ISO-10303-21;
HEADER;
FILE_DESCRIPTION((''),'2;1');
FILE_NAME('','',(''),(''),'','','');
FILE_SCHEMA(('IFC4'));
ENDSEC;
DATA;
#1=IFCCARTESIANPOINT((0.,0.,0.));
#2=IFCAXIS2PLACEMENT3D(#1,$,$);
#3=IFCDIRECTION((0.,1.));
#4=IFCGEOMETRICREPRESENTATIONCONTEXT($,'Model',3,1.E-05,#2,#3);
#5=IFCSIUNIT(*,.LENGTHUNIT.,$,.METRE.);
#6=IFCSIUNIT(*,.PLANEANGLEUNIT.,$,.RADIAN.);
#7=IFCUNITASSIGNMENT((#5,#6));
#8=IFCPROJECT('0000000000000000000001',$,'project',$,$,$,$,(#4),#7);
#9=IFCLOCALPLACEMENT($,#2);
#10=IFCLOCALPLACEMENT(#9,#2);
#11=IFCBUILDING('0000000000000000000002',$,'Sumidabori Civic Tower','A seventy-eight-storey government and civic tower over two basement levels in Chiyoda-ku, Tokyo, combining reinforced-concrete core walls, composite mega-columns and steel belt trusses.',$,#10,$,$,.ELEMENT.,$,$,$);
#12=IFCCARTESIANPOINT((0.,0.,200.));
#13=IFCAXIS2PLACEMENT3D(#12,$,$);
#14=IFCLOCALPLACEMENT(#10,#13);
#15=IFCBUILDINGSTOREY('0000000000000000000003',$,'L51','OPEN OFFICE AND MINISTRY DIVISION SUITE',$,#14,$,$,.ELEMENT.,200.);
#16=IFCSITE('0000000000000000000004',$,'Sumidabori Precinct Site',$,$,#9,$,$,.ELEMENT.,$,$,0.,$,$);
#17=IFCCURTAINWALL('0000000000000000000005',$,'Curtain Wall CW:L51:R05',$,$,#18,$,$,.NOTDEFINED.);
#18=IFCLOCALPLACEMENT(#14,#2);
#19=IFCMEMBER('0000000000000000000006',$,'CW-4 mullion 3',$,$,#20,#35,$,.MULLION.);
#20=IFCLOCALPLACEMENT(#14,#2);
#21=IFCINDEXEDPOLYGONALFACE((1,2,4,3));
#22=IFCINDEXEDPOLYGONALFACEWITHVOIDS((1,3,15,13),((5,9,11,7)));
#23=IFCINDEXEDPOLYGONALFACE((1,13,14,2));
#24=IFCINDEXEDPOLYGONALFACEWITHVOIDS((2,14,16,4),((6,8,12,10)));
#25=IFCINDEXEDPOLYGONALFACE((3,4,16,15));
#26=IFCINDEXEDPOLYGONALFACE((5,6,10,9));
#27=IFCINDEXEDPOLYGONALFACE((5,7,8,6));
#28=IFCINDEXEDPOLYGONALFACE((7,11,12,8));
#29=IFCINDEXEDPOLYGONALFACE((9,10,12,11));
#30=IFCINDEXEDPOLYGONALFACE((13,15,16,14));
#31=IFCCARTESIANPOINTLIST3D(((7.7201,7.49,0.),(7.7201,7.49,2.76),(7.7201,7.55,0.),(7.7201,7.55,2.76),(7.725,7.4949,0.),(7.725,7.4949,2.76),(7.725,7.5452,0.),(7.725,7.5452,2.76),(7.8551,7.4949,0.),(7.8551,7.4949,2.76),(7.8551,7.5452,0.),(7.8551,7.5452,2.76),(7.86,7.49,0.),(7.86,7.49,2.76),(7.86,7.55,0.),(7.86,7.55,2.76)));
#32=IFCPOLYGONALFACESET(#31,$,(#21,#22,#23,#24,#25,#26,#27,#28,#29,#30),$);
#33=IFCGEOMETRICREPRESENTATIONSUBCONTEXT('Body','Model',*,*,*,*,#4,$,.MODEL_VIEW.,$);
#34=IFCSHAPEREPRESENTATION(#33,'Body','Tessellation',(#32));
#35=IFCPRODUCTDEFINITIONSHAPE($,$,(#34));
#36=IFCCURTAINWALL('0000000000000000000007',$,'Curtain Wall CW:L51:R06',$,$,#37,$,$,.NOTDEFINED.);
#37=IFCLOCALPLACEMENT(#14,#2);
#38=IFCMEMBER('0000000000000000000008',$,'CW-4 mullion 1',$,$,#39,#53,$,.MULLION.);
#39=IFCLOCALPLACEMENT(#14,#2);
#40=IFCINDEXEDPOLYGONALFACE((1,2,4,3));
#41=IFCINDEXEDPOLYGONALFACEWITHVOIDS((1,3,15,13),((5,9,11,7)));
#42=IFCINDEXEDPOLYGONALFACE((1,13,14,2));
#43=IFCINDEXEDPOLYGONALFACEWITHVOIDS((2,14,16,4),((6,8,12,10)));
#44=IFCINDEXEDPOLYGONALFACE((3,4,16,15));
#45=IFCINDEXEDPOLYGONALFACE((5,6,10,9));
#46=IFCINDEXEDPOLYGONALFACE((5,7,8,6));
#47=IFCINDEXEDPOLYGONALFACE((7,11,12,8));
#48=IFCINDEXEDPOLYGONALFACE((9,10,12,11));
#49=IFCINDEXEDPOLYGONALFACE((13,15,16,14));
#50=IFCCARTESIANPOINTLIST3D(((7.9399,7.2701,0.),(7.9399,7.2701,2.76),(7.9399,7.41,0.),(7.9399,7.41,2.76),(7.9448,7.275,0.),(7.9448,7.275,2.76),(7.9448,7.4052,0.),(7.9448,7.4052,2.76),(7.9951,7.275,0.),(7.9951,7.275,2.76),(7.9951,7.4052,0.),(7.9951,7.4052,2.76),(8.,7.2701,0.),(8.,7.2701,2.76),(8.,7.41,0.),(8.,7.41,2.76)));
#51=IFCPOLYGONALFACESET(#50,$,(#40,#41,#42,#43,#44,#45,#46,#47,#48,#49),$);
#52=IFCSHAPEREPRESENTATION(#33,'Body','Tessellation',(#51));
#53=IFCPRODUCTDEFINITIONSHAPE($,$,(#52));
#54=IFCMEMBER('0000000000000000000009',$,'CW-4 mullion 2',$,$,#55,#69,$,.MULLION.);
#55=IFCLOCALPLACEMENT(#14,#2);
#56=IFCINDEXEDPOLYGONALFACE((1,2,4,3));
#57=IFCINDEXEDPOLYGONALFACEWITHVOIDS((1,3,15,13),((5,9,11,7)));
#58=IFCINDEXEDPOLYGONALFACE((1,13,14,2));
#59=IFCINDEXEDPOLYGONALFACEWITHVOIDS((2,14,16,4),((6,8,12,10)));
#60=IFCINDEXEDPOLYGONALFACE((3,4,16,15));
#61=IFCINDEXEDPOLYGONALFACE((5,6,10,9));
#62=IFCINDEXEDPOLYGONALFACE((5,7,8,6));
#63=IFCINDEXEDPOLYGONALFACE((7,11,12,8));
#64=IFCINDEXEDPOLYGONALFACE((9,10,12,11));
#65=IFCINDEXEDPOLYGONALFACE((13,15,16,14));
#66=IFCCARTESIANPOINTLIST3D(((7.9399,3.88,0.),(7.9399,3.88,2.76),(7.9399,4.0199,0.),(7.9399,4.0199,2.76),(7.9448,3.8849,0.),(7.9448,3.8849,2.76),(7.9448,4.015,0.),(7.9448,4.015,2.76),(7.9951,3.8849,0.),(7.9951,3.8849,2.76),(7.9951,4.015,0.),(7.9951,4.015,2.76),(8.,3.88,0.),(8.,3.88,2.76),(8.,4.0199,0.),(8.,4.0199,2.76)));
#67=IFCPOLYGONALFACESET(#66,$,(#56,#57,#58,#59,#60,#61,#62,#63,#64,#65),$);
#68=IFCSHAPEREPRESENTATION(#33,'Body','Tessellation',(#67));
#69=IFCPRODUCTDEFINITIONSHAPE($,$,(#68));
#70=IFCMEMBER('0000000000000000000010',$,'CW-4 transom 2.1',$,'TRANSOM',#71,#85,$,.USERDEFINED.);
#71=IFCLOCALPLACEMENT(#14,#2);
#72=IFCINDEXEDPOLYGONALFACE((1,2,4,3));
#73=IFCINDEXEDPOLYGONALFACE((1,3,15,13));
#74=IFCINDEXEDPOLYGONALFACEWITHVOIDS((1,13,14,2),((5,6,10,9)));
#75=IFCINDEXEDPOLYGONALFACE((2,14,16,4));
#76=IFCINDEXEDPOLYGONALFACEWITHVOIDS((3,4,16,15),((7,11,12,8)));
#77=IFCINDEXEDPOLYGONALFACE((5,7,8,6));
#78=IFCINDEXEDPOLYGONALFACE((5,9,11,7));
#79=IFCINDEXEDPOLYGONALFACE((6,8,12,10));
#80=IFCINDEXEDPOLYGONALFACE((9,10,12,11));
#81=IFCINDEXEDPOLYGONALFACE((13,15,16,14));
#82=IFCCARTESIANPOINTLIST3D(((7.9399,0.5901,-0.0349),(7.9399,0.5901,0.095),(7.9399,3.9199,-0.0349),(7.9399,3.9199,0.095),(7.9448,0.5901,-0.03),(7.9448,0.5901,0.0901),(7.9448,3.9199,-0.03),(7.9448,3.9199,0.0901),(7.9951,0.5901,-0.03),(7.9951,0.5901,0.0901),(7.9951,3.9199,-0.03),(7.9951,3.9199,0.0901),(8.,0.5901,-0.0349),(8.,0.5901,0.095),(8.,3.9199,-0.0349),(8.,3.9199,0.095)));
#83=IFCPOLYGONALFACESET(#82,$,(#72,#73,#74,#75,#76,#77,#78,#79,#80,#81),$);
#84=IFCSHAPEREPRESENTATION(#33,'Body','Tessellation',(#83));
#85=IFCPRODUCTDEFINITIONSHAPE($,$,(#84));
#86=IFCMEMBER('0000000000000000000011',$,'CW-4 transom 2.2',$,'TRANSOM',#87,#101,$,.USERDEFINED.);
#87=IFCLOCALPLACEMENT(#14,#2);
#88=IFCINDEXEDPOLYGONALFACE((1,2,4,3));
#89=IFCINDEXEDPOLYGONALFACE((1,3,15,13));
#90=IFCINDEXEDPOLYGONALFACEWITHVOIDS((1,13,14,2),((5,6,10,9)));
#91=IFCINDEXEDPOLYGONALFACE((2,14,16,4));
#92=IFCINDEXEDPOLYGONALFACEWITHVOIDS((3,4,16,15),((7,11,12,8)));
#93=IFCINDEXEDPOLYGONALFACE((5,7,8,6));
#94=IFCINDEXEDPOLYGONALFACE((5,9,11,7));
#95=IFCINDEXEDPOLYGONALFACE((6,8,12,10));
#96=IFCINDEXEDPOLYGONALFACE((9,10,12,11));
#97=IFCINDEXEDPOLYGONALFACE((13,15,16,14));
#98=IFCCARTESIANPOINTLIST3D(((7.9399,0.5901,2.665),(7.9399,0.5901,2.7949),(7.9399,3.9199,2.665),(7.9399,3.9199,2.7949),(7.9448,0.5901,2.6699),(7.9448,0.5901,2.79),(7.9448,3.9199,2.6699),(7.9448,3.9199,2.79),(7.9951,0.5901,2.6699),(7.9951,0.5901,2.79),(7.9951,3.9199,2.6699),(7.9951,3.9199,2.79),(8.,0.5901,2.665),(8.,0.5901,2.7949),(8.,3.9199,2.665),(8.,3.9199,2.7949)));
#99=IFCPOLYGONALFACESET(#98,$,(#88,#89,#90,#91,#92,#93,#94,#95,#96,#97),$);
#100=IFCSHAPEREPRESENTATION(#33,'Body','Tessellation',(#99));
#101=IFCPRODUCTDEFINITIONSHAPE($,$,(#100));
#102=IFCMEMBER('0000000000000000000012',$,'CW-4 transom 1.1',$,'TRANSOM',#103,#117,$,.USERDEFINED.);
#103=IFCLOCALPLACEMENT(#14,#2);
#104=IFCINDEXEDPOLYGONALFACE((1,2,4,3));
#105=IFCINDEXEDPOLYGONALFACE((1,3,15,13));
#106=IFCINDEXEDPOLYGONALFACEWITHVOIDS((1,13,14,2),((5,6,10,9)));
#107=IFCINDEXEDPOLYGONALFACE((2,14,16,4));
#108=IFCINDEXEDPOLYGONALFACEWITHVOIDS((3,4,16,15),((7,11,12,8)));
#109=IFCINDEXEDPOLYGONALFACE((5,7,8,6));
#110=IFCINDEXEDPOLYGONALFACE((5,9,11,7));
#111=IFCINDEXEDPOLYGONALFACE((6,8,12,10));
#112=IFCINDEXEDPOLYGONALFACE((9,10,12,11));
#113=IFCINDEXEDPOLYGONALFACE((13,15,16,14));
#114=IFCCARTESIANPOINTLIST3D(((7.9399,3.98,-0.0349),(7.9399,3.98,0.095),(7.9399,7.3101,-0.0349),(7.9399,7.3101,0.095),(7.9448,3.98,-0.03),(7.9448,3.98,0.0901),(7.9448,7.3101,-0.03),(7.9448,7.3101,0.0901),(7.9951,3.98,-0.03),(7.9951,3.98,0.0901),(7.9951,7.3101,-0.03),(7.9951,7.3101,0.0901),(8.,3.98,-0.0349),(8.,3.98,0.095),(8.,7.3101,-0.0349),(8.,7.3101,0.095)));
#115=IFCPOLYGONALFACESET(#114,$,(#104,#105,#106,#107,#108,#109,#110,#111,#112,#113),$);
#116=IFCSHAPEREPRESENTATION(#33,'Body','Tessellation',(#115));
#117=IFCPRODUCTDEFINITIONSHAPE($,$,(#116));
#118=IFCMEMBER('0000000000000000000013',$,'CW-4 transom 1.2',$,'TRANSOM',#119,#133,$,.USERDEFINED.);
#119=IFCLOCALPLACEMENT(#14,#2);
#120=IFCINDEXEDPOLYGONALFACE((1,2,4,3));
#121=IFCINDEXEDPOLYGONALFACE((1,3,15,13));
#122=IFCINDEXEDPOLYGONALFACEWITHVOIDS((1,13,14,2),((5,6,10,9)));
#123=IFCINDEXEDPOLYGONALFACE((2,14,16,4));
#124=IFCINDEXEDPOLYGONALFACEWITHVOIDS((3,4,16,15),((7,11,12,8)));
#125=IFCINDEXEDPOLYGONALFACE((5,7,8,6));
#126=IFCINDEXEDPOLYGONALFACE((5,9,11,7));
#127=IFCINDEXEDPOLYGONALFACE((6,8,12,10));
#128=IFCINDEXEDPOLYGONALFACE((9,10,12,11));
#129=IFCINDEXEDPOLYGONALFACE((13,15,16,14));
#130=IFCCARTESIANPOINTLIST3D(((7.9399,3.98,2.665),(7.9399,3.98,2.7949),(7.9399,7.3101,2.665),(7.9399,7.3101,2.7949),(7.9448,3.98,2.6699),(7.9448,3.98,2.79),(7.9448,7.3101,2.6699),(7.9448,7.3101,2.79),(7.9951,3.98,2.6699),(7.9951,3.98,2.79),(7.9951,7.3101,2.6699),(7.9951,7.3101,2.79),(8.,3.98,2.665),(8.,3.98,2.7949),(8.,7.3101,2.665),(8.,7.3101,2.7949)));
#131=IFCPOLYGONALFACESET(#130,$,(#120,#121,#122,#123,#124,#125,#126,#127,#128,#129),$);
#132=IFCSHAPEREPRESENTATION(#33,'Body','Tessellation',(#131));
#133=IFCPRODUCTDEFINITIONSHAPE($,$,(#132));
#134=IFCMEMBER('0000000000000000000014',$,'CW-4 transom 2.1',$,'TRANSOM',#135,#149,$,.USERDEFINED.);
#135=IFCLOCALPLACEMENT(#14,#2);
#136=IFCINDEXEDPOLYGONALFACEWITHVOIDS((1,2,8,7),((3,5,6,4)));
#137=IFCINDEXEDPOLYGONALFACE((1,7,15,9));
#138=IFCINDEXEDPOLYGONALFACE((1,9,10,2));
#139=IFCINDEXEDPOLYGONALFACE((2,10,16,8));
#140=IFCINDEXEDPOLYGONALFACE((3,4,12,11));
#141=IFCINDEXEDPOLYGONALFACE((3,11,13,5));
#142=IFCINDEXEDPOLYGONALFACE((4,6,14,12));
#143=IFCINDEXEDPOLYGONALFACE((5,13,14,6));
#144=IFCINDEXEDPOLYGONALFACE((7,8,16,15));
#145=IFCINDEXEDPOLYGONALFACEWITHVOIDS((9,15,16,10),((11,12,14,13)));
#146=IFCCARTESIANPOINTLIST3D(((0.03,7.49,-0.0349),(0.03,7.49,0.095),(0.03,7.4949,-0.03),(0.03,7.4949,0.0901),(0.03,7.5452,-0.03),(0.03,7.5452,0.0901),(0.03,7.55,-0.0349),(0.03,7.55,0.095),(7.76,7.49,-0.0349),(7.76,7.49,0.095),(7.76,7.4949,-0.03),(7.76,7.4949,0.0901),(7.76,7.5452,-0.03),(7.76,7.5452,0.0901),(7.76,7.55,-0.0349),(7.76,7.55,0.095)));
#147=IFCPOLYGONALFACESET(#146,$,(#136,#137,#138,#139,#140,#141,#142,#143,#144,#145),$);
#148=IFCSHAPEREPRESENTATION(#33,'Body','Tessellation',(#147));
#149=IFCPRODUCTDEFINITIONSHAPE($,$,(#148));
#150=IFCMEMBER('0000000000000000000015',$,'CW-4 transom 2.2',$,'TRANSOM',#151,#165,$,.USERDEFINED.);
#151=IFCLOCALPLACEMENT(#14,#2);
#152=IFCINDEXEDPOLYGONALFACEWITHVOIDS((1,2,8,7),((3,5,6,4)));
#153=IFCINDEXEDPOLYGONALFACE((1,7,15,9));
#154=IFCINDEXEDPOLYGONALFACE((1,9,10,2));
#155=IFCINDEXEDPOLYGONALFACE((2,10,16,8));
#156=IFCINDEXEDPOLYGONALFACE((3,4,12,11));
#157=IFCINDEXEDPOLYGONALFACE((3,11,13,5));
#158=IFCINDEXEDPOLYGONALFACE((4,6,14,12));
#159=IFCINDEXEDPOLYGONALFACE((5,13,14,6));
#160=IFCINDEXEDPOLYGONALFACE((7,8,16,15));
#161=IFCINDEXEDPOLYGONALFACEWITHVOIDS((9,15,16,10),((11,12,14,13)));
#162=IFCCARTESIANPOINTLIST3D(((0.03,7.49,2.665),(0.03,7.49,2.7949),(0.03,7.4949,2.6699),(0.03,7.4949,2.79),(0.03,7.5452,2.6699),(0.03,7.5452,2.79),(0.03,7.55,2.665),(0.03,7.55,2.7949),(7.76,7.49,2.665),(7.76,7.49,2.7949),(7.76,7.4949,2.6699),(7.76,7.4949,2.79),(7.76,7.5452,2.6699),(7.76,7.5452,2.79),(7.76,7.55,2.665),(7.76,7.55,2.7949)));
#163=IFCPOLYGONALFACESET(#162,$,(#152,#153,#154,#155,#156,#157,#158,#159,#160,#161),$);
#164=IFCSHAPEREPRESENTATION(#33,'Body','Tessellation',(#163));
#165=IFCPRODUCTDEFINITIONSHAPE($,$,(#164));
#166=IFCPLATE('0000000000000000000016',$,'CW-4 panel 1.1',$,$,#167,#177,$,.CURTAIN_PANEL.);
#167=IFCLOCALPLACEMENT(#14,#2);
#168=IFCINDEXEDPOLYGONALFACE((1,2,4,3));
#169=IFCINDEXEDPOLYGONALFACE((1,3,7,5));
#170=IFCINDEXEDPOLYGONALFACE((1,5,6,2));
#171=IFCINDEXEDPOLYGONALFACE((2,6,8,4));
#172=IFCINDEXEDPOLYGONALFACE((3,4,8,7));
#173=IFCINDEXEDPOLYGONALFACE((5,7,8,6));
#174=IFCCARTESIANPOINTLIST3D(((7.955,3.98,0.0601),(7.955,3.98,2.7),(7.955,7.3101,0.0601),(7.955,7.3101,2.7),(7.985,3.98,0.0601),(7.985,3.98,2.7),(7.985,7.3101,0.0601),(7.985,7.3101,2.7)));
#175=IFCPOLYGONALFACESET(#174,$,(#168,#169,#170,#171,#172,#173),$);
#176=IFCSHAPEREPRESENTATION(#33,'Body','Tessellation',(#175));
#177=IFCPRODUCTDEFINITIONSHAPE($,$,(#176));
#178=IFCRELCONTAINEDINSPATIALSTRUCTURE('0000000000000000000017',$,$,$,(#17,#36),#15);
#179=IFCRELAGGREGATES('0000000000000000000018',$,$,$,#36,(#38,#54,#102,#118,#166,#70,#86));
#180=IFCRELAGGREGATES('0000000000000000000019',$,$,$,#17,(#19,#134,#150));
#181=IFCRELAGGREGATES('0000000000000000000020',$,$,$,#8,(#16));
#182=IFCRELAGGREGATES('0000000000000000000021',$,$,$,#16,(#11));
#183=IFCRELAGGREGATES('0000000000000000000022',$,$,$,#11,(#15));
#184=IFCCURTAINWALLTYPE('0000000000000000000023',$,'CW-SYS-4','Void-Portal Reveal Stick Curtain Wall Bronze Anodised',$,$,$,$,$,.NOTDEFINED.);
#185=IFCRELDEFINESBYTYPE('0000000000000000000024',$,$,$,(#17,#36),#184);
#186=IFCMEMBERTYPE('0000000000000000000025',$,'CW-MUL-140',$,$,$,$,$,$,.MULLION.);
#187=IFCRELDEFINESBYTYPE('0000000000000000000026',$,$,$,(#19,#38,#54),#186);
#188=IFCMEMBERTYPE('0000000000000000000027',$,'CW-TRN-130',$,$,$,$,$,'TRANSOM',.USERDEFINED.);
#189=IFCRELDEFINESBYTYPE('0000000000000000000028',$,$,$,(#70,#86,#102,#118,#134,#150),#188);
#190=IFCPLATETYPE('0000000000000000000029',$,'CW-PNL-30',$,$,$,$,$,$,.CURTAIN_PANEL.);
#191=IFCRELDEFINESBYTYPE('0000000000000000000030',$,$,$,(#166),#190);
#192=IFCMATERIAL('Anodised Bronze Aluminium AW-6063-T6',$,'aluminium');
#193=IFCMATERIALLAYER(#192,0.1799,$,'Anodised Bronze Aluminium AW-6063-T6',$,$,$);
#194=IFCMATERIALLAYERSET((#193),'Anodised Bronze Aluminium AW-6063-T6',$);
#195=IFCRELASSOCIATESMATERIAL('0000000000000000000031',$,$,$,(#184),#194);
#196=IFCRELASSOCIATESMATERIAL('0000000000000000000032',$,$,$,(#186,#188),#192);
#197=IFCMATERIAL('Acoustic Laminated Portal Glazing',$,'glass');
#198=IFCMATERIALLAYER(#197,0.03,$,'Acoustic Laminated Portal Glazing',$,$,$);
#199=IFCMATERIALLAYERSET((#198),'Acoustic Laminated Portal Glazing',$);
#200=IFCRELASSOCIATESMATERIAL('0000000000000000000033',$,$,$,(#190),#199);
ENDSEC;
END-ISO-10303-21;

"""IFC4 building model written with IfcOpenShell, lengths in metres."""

from ifc_helpers import new_model, si_unit, direction, frame, origin, origin_2d, place, context, subcontext, project, spatial, rectangle, hollow_rectangle, extrude, source, transform, mapped, material, layer, layer_set, material_profile, profile_set, type_object, element, aggregate, save


model = new_model("IFC4")

# Units and contexts
model_context = context("Model", 3, precision=1e-05, world=origin(), true_north=direction((0.0, 1.0)))
body_context = subcontext(model_context, "Body", "Model", "MODEL_VIEW")
ifc_project = project(units=[si_unit("LENGTHUNIT", "METRE"), si_unit("PLANEANGLEUNIT", "RADIAN")], contexts=[model_context])

# Site, building, storey
site_placement = place(None, origin())
site = spatial("IfcSite", under=ifc_project, at=site_placement, Name="Sumidabori Precinct Site", CompositionType="ELEMENT", RefElevation=0.0)
building_placement = place(site_placement, origin())
building = spatial("IfcBuilding", under=site, at=building_placement, Name="Sumidabori Civic Tower", Description="A seventy-eight-storey government and civic tower over two basement levels in Chiyoda-ku, Tokyo, combining reinforced-concrete core walls, composite mega-columns and steel belt trusses.", CompositionType="ELEMENT")
storey_placement = place(building_placement, frame((0.0, 0.0, 200.0)))
storey = spatial("IfcBuildingStorey", under=building, at=storey_placement, Name="L51", Description="OPEN OFFICE AND MINISTRY DIVISION SUITE", CompositionType="ELEMENT", Elevation=200.0)

# Curtain wall, member
ifc_material_1 = material(Name="Anodised Bronze Aluminium AW-6063-T6", Category="aluminium")
ifc_layer_1 = layer(ifc_material_1, 0.1799, Name="Anodised Bronze Aluminium AW-6063-T6")
ifc_layer_set_1 = layer_set([ifc_layer_1], Name="Anodised Bronze Aluminium AW-6063-T6")
curtain_wall_type = type_object("IfcCurtainWallType", Name="CW-SYS-4", Description="Void-Portal Reveal Stick Curtain Wall Bronze Anodised", PredefinedType="NOTDEFINED", material=ifc_layer_set_1)
curtain_wall_1_placement = place(storey_placement, origin())
curtain_wall_1 = element("IfcCurtainWall", 1, at=curtain_wall_1_placement, inside=storey, type_object=curtain_wall_type, Name="Curtain Wall CW:L51:R05", PredefinedType="NOTDEFINED")
ifc_material_profile_1 = material_profile(ifc_material_1, hollow_rectangle(XDim=0.0601, YDim=0.1399, WallThickness=0.0049, at=origin_2d()), Name="ALU MULLION 140x60")
ifc_profile_set_1 = profile_set([ifc_material_profile_1], Name="Anodised Bronze Aluminium AW-6063-T6")
member_type_1 = type_object("IfcMemberType", Name="CW-MUL-140", PredefinedType="MULLION", material=ifc_profile_set_1)
shared_shape_1 = source(origin(), body_context, "Body", "SweptSolid", [
    extrude(hollow_rectangle(XDim=0.0601, YDim=0.1399, WallThickness=0.0049, at=origin_2d()), origin(), (0.0, 0.0, 1.0), 2.76),
])
member_1_placement = place(storey_placement, frame((7.79, 7.52, 0.0), z_axis=(0.0, 0.0, 1.0), x_axis=(0.0, 1.0, 0.0)))
member_1 = element("IfcMember", 2, at=member_1_placement, type_object=member_type_1, Name="CW-4 mullion 3", PredefinedType="MULLION", context=body_context, shape_type="MappedRepresentation", body=[
    mapped(shared_shape_1, transform((0.0, 0.0, 0.0), x_axis=(1.0, 0.0, 0.0), y_axis=(0.0, 1.0, 0.0), z_axis=(0.0, 0.0, 1.0), scale=1.0)),
])

# Curtain wall, members
curtain_wall_2_placement = place(storey_placement, origin())
curtain_wall_2 = element("IfcCurtainWall", 3, at=curtain_wall_2_placement, inside=storey, type_object=curtain_wall_type, Name="Curtain Wall CW:L51:R06", PredefinedType="NOTDEFINED")
member_2_placement = place(storey_placement, frame((7.97, 7.3401, 0.0), z_axis=(0.0, 0.0, 1.0), x_axis=(1.0, 0.0, 0.0)))
member_2 = element("IfcMember", 4, at=member_2_placement, type_object=member_type_1, Name="CW-4 mullion 1", PredefinedType="MULLION", context=body_context, shape_type="MappedRepresentation", body=[
    mapped(shared_shape_1, transform((0.0, 0.0, 0.0), x_axis=(1.0, 0.0, 0.0), y_axis=(0.0, 1.0, 0.0), z_axis=(0.0, 0.0, 1.0), scale=1.0)),
])
member_3_placement = place(storey_placement, frame((7.97, 3.95, 0.0), z_axis=(0.0, 0.0, 1.0), x_axis=(1.0, 0.0, 0.0)))
member_3 = element("IfcMember", 5, at=member_3_placement, type_object=member_type_1, Name="CW-4 mullion 2", PredefinedType="MULLION", context=body_context, shape_type="MappedRepresentation", body=[
    mapped(shared_shape_1, transform((0.0, 0.0, 0.0), x_axis=(1.0, 0.0, 0.0), y_axis=(0.0, 1.0, 0.0), z_axis=(0.0, 0.0, 1.0), scale=1.0)),
])
ifc_material_profile_2 = material_profile(ifc_material_1, hollow_rectangle(XDim=0.0601, YDim=0.1299, WallThickness=0.0049, at=origin_2d()), Name="ALU TRANSOM 130x60")
ifc_profile_set_2 = profile_set([ifc_material_profile_2], Name="Anodised Bronze Aluminium AW-6063-T6")
member_type_2 = type_object("IfcMemberType", Name="CW-TRN-130", ElementType="TRANSOM", PredefinedType="USERDEFINED", material=ifc_profile_set_2)
shared_shape_2 = source(origin(), body_context, "Body", "SweptSolid", [
    extrude(hollow_rectangle(XDim=0.0601, YDim=0.1299, WallThickness=0.0049, at=origin_2d()), origin(), (0.0, 0.0, 1.0), 3.3298),
])
member_4_placement = place(storey_placement, frame((7.97, 3.9199, 0.03), z_axis=(0.0, -1.0, 0.0), x_axis=(1.0, 0.0, 0.0)))
member_4 = element("IfcMember", 6, at=member_4_placement, type_object=member_type_2, Name="CW-4 transom 2.1", ObjectType="TRANSOM", PredefinedType="USERDEFINED", context=body_context, shape_type="MappedRepresentation", body=[
    mapped(shared_shape_2, transform((0.0, 0.0, 0.0), x_axis=(1.0, 0.0, 0.0), y_axis=(0.0, 1.0, 0.0), z_axis=(0.0, 0.0, 1.0), scale=1.0)),
])
member_5_placement = place(storey_placement, frame((7.97, 3.9199, 2.73), z_axis=(0.0, -1.0, 0.0), x_axis=(1.0, 0.0, 0.0)))
member_5 = element("IfcMember", 7, at=member_5_placement, type_object=member_type_2, Name="CW-4 transom 2.2", ObjectType="TRANSOM", PredefinedType="USERDEFINED", context=body_context, shape_type="MappedRepresentation", body=[
    mapped(shared_shape_2, transform((0.0, 0.0, 0.0), x_axis=(1.0, 0.0, 0.0), y_axis=(0.0, 1.0, 0.0), z_axis=(0.0, 0.0, 1.0), scale=1.0)),
])
shared_shape_3 = source(origin(), body_context, "Body", "SweptSolid", [
    extrude(hollow_rectangle(XDim=0.0601, YDim=0.1299, WallThickness=0.0049, at=origin_2d()), origin(), (0.0, 0.0, 1.0), 3.3301),
])
member_6_placement = place(storey_placement, frame((7.97, 7.3101, 0.03), z_axis=(0.0, -1.0, 0.0), x_axis=(1.0, 0.0, 0.0)))
member_6 = element("IfcMember", 8, at=member_6_placement, type_object=member_type_2, Name="CW-4 transom 1.1", ObjectType="TRANSOM", PredefinedType="USERDEFINED", context=body_context, shape_type="MappedRepresentation", body=[
    mapped(shared_shape_3, transform((0.0, 0.0, 0.0), x_axis=(1.0, 0.0, 0.0), y_axis=(0.0, 1.0, 0.0), z_axis=(0.0, 0.0, 1.0), scale=1.0)),
])
member_7_placement = place(storey_placement, frame((7.97, 7.3101, 2.73), z_axis=(0.0, -1.0, 0.0), x_axis=(1.0, 0.0, 0.0)))
member_7 = element("IfcMember", 9, at=member_7_placement, type_object=member_type_2, Name="CW-4 transom 1.2", ObjectType="TRANSOM", PredefinedType="USERDEFINED", context=body_context, shape_type="MappedRepresentation", body=[
    mapped(shared_shape_3, transform((0.0, 0.0, 0.0), x_axis=(1.0, 0.0, 0.0), y_axis=(0.0, 1.0, 0.0), z_axis=(0.0, 0.0, 1.0), scale=1.0)),
])

# Members
shared_shape_4 = source(origin(), body_context, "Body", "SweptSolid", [
    extrude(hollow_rectangle(XDim=0.0601, YDim=0.1299, WallThickness=0.0049, at=origin_2d()), origin(), (0.0, 0.0, 1.0), 7.73),
])
member_8_placement = place(storey_placement, frame((0.03, 7.52, 0.03), z_axis=(1.0, 0.0, 0.0), x_axis=(0.0, 1.0, 0.0)))
member_8 = element("IfcMember", 10, at=member_8_placement, type_object=member_type_2, Name="CW-4 transom 2.1", ObjectType="TRANSOM", PredefinedType="USERDEFINED", context=body_context, shape_type="MappedRepresentation", body=[
    mapped(shared_shape_4, transform((0.0, 0.0, 0.0), x_axis=(1.0, 0.0, 0.0), y_axis=(0.0, 1.0, 0.0), z_axis=(0.0, 0.0, 1.0), scale=1.0)),
])
member_9_placement = place(storey_placement, frame((0.03, 7.52, 2.73), z_axis=(1.0, 0.0, 0.0), x_axis=(0.0, 1.0, 0.0)))
member_9 = element("IfcMember", 11, at=member_9_placement, type_object=member_type_2, Name="CW-4 transom 2.2", ObjectType="TRANSOM", PredefinedType="USERDEFINED", context=body_context, shape_type="MappedRepresentation", body=[
    mapped(shared_shape_4, transform((0.0, 0.0, 0.0), x_axis=(1.0, 0.0, 0.0), y_axis=(0.0, 1.0, 0.0), z_axis=(0.0, 0.0, 1.0), scale=1.0)),
])

# Plate
ifc_material_2 = material(Name="Acoustic Laminated Portal Glazing", Category="glass")
ifc_layer_2 = layer(ifc_material_2, 0.03, Name="Acoustic Laminated Portal Glazing")
ifc_layer_set_2 = layer_set([ifc_layer_2], Name="Acoustic Laminated Portal Glazing")
plate_type = type_object("IfcPlateType", Name="CW-PNL-30", PredefinedType="CURTAIN_PANEL", material=ifc_layer_set_2)
shared_shape_5 = source(origin(), body_context, "Body", "SweptSolid", [
    extrude(rectangle(XDim=3.3301, YDim=0.03, at=origin_2d()), origin(), (0.0, 0.0, 1.0), 2.6399),
])
plate_1_placement = place(storey_placement, frame((7.97, 5.645, 0.0601), z_axis=(0.0, 0.0, 1.0), x_axis=(0.0, -1.0, 0.0)))
plate_1 = element("IfcPlate", 12, at=plate_1_placement, type_object=plate_type, Name="CW-4 panel 1.1", PredefinedType="CURTAIN_PANEL", context=body_context, shape_type="MappedRepresentation", body=[
    mapped(shared_shape_5, transform((0.0, 0.0, 0.0), x_axis=(1.0, 0.0, 0.0), y_axis=(0.0, 1.0, 0.0), z_axis=(0.0, 0.0, 1.0), scale=1.0)),
])
aggregate(curtain_wall_2, [member_2, member_3, member_6, member_7, plate_1, member_4, member_5])
aggregate(curtain_wall_1, [member_1, member_8, member_9])

save(model, "model.ifc")
